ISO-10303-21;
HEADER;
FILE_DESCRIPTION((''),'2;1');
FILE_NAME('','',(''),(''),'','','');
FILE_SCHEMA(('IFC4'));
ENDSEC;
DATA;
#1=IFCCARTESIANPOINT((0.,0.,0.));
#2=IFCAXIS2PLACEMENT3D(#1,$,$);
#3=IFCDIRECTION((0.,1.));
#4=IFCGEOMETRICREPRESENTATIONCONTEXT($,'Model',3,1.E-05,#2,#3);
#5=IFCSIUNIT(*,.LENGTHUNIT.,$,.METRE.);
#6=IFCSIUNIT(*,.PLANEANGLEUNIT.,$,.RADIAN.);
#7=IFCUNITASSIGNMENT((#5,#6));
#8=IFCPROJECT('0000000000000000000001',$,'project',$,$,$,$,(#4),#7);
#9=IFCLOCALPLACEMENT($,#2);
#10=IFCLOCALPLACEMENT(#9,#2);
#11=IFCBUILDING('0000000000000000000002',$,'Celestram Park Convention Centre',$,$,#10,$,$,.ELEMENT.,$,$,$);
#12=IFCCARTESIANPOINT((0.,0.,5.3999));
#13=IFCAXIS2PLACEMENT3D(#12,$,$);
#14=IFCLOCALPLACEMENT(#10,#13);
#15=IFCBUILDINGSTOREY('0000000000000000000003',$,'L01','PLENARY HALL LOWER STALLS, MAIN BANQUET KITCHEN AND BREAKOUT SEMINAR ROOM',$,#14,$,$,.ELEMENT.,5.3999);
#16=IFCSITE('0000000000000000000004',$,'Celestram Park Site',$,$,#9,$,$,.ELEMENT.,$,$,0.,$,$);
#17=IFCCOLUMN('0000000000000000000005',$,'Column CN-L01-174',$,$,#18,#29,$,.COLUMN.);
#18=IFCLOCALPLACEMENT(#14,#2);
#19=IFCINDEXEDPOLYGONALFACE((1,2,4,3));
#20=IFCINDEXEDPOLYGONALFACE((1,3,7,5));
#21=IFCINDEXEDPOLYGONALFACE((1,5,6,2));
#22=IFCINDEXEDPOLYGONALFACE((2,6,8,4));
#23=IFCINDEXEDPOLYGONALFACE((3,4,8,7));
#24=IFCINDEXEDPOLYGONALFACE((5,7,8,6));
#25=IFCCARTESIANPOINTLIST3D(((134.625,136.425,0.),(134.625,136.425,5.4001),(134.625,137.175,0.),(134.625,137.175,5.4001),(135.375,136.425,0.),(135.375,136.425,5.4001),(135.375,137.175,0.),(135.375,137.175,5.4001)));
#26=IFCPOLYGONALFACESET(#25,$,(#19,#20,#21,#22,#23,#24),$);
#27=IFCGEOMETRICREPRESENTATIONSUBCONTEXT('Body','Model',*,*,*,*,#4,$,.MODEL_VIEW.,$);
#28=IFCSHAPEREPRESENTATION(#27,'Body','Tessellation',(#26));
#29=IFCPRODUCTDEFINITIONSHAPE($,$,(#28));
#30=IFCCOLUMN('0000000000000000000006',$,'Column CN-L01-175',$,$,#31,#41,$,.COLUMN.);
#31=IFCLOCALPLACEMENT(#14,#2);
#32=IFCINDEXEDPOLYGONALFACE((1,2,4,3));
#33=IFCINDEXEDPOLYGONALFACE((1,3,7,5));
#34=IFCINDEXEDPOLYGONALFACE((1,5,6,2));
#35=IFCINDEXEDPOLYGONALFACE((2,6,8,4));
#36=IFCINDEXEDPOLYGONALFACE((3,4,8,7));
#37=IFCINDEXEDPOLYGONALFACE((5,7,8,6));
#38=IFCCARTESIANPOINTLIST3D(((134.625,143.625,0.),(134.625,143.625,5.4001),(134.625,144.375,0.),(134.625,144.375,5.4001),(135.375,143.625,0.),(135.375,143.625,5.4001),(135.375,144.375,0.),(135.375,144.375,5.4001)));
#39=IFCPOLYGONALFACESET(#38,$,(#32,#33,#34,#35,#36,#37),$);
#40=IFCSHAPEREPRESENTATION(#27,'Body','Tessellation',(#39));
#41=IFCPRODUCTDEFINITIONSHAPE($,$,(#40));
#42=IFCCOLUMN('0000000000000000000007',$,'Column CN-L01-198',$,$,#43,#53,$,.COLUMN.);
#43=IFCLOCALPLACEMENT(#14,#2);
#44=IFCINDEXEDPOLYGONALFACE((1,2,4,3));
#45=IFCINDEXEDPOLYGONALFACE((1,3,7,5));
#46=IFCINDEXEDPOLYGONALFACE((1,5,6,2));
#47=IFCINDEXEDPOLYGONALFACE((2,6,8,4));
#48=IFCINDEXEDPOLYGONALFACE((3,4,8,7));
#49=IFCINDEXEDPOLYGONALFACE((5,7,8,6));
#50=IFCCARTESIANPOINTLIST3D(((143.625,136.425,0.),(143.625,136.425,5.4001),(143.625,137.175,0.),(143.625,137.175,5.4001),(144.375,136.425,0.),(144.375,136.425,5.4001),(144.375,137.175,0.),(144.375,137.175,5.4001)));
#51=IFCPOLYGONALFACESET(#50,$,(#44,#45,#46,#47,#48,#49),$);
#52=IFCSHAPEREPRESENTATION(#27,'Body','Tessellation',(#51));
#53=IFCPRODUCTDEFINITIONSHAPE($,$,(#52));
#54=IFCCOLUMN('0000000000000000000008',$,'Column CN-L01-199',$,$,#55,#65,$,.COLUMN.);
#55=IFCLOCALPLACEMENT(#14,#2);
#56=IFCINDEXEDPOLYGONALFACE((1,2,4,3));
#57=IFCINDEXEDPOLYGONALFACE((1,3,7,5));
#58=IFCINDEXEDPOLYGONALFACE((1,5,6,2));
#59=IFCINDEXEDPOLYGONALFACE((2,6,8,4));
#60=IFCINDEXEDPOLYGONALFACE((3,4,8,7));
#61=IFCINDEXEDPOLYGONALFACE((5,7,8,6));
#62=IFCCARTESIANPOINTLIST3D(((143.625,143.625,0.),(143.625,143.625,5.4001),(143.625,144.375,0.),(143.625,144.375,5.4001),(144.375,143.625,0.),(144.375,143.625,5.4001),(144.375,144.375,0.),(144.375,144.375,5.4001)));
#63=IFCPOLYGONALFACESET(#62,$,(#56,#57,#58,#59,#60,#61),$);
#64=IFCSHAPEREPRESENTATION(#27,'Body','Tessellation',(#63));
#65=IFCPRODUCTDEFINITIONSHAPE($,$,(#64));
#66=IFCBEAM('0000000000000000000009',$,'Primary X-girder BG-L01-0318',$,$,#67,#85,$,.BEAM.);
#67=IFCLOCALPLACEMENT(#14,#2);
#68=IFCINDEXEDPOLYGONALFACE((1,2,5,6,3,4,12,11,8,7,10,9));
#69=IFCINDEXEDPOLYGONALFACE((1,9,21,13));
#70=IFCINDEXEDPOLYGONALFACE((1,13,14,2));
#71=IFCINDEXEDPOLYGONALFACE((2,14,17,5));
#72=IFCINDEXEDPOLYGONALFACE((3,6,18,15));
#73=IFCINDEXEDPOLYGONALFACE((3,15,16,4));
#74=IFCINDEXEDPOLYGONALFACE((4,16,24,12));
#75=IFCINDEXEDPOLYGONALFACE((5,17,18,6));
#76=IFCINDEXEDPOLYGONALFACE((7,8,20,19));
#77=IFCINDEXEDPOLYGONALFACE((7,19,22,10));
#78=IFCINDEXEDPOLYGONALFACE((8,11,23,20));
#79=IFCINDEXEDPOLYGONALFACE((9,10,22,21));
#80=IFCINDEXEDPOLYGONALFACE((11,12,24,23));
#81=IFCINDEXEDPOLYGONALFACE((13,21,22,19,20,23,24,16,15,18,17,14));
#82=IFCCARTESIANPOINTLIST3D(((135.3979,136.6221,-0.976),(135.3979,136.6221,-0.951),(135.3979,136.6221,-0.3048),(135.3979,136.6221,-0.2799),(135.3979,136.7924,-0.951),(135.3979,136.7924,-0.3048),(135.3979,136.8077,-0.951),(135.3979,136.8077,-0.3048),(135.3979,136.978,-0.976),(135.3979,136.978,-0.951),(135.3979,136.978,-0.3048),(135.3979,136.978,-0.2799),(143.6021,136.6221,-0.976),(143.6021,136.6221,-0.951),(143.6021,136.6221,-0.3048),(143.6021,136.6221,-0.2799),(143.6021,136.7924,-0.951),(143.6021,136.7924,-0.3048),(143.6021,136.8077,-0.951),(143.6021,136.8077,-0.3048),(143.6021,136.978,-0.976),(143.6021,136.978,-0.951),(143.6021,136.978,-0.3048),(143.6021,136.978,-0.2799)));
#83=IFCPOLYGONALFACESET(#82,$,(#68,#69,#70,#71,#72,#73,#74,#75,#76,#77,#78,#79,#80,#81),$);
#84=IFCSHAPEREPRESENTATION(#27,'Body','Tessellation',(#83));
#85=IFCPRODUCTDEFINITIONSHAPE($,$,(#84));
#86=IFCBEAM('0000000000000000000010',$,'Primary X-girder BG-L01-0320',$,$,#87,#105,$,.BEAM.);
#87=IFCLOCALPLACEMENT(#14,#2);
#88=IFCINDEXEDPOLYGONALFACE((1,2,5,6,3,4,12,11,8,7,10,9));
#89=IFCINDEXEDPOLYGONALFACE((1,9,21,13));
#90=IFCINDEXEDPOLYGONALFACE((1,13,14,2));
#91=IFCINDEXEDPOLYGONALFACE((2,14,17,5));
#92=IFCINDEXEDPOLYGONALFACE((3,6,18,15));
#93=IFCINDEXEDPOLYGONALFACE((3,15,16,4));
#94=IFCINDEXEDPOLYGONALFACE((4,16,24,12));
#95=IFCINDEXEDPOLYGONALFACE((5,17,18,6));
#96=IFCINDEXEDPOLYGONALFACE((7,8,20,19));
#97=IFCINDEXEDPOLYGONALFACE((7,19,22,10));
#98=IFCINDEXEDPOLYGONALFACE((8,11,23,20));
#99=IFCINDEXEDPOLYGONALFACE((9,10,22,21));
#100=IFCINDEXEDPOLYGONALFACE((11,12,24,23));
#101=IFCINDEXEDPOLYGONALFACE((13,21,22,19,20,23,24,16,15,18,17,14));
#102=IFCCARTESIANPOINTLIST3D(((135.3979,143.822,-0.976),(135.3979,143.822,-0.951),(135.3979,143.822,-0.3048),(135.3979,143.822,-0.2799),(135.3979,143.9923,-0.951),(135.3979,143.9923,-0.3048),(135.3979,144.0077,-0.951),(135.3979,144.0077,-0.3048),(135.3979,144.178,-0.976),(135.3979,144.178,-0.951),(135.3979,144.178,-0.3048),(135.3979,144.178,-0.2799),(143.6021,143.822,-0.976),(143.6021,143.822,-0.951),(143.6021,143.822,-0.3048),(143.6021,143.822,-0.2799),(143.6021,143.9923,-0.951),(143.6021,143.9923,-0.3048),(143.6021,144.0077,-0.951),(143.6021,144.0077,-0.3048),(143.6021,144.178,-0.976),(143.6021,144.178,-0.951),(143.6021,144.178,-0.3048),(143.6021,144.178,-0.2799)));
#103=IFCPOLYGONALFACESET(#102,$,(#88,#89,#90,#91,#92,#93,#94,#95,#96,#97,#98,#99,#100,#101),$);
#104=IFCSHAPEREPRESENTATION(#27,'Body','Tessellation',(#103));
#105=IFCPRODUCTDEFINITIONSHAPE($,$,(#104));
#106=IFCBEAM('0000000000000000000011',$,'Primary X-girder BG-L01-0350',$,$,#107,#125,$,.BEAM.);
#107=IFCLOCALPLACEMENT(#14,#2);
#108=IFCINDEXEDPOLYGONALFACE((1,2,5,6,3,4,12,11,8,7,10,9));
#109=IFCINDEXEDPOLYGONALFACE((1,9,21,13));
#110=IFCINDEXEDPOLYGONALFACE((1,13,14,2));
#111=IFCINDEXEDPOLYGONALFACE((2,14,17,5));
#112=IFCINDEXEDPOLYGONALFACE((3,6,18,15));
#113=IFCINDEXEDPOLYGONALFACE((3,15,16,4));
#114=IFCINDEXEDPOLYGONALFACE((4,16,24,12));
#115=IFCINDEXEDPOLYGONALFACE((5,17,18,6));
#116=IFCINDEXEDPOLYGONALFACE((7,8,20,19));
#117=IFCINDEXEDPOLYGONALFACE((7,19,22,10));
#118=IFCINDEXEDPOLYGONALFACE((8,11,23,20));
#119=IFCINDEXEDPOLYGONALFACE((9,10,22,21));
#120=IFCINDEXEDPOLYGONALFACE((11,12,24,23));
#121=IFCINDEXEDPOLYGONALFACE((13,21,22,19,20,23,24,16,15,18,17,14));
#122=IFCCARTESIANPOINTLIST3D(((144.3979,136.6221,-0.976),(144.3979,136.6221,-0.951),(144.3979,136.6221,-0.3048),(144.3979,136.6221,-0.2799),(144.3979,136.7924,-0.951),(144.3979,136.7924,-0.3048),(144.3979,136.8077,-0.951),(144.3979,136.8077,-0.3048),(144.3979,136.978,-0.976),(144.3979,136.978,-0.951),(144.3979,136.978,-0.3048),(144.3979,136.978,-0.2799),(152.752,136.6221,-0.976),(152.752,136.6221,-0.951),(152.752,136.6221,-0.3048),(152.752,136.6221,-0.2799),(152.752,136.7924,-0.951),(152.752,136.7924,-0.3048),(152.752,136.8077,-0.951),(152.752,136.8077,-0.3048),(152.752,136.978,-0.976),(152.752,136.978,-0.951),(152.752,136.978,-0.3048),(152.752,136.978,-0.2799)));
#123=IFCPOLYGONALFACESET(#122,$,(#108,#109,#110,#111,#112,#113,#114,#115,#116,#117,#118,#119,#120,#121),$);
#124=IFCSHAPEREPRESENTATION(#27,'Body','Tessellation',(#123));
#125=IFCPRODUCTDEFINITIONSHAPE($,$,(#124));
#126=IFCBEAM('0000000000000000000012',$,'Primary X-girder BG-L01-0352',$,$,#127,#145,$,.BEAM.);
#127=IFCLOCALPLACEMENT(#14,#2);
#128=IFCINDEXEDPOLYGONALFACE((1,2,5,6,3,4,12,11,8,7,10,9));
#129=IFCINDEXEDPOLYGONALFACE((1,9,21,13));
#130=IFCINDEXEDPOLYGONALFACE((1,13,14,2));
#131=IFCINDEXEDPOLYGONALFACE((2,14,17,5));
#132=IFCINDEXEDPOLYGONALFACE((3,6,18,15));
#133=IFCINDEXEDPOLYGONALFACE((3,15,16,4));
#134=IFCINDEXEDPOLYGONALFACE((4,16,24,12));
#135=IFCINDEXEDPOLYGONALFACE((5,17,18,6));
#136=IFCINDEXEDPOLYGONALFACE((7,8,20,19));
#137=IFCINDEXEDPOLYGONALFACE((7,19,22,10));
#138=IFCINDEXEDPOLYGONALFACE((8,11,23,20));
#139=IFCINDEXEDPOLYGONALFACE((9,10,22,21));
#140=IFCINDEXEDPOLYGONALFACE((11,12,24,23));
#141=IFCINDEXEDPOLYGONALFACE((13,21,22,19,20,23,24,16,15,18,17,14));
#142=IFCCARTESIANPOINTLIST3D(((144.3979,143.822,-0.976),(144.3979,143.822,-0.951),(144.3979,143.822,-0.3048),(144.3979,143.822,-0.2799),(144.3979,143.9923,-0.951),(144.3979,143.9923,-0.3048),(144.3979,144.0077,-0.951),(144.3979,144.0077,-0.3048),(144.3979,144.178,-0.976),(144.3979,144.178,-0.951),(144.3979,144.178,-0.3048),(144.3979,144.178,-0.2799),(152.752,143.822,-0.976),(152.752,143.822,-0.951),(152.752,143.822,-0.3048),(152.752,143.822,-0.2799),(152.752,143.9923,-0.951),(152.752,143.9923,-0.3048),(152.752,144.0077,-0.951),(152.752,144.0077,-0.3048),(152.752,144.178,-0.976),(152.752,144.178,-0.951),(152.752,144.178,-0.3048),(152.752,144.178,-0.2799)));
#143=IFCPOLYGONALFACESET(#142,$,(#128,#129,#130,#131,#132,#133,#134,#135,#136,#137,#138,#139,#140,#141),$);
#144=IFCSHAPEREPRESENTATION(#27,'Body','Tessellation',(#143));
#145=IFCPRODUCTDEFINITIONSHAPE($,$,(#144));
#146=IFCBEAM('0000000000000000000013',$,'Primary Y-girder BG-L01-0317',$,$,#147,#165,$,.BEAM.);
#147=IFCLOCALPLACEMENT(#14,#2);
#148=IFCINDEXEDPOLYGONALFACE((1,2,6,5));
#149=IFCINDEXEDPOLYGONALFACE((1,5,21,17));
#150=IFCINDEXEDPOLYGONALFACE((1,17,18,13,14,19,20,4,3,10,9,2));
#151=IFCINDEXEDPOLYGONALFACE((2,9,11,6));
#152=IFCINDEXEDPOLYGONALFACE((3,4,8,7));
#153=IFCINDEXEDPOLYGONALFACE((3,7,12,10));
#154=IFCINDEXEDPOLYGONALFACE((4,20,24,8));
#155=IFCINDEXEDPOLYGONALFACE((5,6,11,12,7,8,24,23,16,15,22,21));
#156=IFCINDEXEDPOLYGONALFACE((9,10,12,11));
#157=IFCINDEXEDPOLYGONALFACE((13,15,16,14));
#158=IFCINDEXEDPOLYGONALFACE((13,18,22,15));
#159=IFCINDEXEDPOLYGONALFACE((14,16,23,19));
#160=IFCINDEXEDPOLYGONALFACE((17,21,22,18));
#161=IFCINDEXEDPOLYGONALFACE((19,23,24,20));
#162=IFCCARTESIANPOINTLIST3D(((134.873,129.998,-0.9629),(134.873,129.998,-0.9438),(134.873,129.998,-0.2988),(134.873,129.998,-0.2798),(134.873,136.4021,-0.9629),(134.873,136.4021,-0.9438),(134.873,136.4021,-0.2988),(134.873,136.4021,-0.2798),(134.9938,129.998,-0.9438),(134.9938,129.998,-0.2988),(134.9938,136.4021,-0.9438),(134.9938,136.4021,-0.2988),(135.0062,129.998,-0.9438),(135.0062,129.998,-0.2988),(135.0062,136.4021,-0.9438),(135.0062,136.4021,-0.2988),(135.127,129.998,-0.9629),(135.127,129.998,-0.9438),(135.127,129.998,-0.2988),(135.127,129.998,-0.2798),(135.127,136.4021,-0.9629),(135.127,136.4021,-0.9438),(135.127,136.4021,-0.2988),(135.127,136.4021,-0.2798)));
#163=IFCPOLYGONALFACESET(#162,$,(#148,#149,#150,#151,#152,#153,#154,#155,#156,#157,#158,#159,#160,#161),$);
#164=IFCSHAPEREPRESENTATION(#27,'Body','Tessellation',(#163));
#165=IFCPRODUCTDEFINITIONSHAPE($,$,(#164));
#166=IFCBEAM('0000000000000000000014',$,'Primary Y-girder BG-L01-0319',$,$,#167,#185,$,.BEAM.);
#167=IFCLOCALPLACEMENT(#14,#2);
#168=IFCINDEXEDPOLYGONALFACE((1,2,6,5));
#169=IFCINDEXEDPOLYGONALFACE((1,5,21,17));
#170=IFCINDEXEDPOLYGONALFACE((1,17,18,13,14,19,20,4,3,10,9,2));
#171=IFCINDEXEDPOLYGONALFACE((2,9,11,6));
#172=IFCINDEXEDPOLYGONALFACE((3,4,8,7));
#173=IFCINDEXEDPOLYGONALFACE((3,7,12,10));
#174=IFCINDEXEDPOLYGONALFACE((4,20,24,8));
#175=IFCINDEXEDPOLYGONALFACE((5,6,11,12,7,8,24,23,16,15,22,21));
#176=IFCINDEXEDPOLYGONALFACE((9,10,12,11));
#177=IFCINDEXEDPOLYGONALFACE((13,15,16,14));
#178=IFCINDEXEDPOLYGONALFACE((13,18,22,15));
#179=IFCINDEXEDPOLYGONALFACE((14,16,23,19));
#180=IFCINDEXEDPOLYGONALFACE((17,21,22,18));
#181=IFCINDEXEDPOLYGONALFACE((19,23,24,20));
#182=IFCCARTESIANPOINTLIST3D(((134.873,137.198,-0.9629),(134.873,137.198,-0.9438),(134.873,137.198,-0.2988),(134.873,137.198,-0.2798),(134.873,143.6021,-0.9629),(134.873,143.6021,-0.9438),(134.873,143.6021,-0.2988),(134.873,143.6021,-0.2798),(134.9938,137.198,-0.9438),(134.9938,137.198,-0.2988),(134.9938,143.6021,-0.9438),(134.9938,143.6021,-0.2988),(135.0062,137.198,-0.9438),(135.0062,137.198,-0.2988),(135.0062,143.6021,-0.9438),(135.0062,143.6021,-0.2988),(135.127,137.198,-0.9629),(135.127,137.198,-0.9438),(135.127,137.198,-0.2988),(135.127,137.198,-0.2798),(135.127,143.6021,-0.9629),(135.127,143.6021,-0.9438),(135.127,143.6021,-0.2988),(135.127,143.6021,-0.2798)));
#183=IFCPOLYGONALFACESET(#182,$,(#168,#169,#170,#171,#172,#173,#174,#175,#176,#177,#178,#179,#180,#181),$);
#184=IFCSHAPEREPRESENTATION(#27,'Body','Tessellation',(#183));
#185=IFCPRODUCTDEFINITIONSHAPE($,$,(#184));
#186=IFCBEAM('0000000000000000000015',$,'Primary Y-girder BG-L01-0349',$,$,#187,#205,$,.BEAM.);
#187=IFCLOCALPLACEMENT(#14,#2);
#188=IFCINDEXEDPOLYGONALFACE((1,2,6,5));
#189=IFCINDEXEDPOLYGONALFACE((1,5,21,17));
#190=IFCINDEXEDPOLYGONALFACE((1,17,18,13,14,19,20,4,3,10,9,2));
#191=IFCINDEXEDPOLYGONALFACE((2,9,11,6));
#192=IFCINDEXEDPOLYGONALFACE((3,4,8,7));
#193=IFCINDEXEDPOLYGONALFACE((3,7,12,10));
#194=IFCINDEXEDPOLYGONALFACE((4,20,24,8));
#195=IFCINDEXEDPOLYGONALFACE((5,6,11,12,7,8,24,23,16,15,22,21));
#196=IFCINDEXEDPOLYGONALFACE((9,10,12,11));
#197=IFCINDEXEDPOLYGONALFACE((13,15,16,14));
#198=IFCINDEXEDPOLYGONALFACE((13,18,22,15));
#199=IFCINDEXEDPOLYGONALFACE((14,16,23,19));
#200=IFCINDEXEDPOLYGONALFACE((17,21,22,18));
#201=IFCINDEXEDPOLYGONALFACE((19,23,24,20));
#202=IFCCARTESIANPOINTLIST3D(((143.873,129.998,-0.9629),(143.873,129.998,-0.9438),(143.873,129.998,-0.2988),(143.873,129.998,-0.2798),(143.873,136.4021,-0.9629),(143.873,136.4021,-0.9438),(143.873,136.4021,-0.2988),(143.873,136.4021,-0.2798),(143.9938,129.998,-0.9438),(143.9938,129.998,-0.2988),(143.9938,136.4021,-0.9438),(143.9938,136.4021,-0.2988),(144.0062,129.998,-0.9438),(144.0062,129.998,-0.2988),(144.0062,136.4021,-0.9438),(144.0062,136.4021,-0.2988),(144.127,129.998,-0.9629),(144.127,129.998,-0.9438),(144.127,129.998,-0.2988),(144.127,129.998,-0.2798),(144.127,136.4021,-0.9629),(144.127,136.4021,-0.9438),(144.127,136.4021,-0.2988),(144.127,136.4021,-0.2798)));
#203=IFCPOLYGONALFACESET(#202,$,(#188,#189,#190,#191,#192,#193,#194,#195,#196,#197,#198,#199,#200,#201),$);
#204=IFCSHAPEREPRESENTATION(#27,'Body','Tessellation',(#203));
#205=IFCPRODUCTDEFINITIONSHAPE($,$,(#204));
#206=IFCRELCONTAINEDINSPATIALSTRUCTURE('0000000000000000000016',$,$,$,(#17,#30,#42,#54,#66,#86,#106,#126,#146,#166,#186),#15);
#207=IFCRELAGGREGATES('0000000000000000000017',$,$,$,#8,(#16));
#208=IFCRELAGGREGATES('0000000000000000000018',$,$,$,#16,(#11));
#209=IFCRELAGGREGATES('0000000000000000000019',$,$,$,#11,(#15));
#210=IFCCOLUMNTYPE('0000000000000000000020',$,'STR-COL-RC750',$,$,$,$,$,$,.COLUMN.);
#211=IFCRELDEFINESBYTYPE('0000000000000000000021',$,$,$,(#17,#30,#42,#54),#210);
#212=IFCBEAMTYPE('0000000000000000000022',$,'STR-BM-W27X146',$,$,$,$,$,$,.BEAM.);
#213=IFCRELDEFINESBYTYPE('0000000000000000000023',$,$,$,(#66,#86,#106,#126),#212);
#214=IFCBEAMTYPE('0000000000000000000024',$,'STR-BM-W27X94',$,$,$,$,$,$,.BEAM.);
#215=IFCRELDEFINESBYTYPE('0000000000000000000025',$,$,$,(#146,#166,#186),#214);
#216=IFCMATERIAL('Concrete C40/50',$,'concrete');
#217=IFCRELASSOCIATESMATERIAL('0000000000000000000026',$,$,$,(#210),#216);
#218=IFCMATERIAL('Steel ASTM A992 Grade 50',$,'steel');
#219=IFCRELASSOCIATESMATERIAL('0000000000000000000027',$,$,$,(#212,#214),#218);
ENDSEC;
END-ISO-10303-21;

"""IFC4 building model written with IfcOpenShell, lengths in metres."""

from ifc_helpers import new_model, si_unit, direction, frame, origin, origin_2d, place, context, subcontext, project, spatial, rectangle, i_section, extrude, material, material_profile, profile_set, type_object, element, save


model = new_model("IFC4")

# Units and contexts
model_context = context("Model", 3, precision=1e-05, world=origin(), true_north=direction((0.0, 1.0)))
body_context = subcontext(model_context, "Body", "Model", "MODEL_VIEW")
ifc_project = project(units=[si_unit("LENGTHUNIT", "METRE"), si_unit("PLANEANGLEUNIT", "RADIAN")], contexts=[model_context])

# Site, building, storey
site_placement = place(None, origin())
site = spatial("IfcSite", under=ifc_project, at=site_placement, Name="Celestram Park Site", CompositionType="ELEMENT", RefElevation=0.0)
building_placement = place(site_placement, origin())
building = spatial("IfcBuilding", under=site, at=building_placement, Name="Celestram Park Convention Centre", CompositionType="ELEMENT")
storey_placement = place(building_placement, frame((0.0, 0.0, 5.3999)))
storey = spatial("IfcBuildingStorey", under=building, at=storey_placement, Name="L01", Description="PLENARY HALL LOWER STALLS, MAIN BANQUET KITCHEN AND BREAKOUT SEMINAR ROOM", CompositionType="ELEMENT", Elevation=5.3999)

# Columns
ifc_material_1 = material(Name="Concrete C40/50", Category="concrete")
ifc_material_profile_1 = material_profile(ifc_material_1, rectangle(XDim=0.75, YDim=0.75, at=origin_2d()), Name="RC750X750")
ifc_profile_set_1 = profile_set([ifc_material_profile_1], Name="Concrete C40/50")
column_type = type_object("IfcColumnType", Name="STR-COL-RC750", PredefinedType="COLUMN", material=ifc_profile_set_1)
for number, where, z_axis, x_axis, name in (
    (1, (135.0, 136.8, 0.0), (0.0, 0.0, 1.0), (1.0, 0.0, 0.0), "Column CN-L01-174"),
    (2, (135.0, 144.0, 0.0), (0.0, 0.0, 1.0), (1.0, 0.0, 0.0), "Column CN-L01-175"),
    (3, (144.0, 136.8, 0.0), (0.0, 0.0, 1.0), (1.0, 0.0, 0.0), "Column CN-L01-198"),
    (4, (144.0, 144.0, 0.0), (0.0, 0.0, 1.0), (1.0, 0.0, 0.0), "Column CN-L01-199"),
):
    element("IfcColumn", number, at=place(storey_placement, frame(where, z_axis=z_axis, x_axis=x_axis)), inside=storey, type_object=column_type, Name=name, PredefinedType="COLUMN", context=body_context, shape_type="SweptSolid", body=[
        extrude(rectangle(XDim=0.75, YDim=0.75, at=origin_2d()), origin(), (0.0, 0.0, 1.0), 5.4001),
    ])

# Beams
ifc_material_2 = material(Name="Steel ASTM A992 Grade 50", Category="steel")
ifc_material_profile_2 = material_profile(ifc_material_2, i_section(OverallWidth=0.356, OverallDepth=0.696, WebThickness=0.0154, FlangeThickness=0.0249, at=origin_2d()), Name="W27X146")
ifc_profile_set_2 = profile_set([ifc_material_profile_2], Name="Steel ASTM A992 Grade 50")
beam_type_1 = type_object("IfcBeamType", Name="STR-BM-W27X146", PredefinedType="BEAM", material=ifc_profile_set_2)
for number, where, z_axis, x_axis, name in (
    (5, (135.3979, 136.8, -0.6279), (1.0, 0.0, 0.0), (0.0, 1.0, 0.0), "Primary X-girder BG-L01-0318"),
    (6, (135.3979, 144.0, -0.6279), (1.0, 0.0, 0.0), (0.0, 1.0, 0.0), "Primary X-girder BG-L01-0320"),
):
    element("IfcBeam", number, at=place(storey_placement, frame(where, z_axis=z_axis, x_axis=x_axis)), inside=storey, type_object=beam_type_1, Name=name, PredefinedType="BEAM", context=body_context, shape_type="SweptSolid", body=[
        extrude(i_section(OverallWidth=0.356, OverallDepth=0.696, WebThickness=0.0154, FlangeThickness=0.0249, at=origin_2d()), origin(), (0.0, 0.0, 1.0), 8.2041),
    ])
for number, where, z_axis, x_axis, name in (
    (7, (144.3979, 136.8, -0.6279), (1.0, 0.0, 0.0), (0.0, 1.0, 0.0), "Primary X-girder BG-L01-0350"),
    (8, (144.3979, 144.0, -0.6279), (1.0, 0.0, 0.0), (0.0, 1.0, 0.0), "Primary X-girder BG-L01-0352"),
):
    element("IfcBeam", number, at=place(storey_placement, frame(where, z_axis=z_axis, x_axis=x_axis)), inside=storey, type_object=beam_type_1, Name=name, PredefinedType="BEAM", context=body_context, shape_type="SweptSolid", body=[
        extrude(i_section(OverallWidth=0.356, OverallDepth=0.696, WebThickness=0.0154, FlangeThickness=0.0249, at=origin_2d()), origin(), (0.0, 0.0, 1.0), 8.354),
    ])
ifc_material_profile_3 = material_profile(ifc_material_2, i_section(OverallWidth=0.2539, OverallDepth=0.6831, WebThickness=0.0125, FlangeThickness=0.019, at=origin_2d()), Name="W27X94")
ifc_profile_set_3 = profile_set([ifc_material_profile_3], Name="Steel ASTM A992 Grade 50")
beam_type_2 = type_object("IfcBeamType", Name="STR-BM-W27X94", PredefinedType="BEAM", material=ifc_profile_set_3)
for number, where, z_axis, x_axis, name in (
    (9, (135.0, 129.998, -0.6213), (0.0, 1.0, 0.0), (-1.0, 0.0, 0.0), "Primary Y-girder BG-L01-0317"),
    (10, (135.0, 137.198, -0.6213), (0.0, 1.0, 0.0), (-1.0, 0.0, 0.0), "Primary Y-girder BG-L01-0319"),
    (11, (144.0, 129.998, -0.6213), (0.0, 1.0, 0.0), (-1.0, 0.0, 0.0), "Primary Y-girder BG-L01-0349"),
):
    element("IfcBeam", number, at=place(storey_placement, frame(where, z_axis=z_axis, x_axis=x_axis)), inside=storey, type_object=beam_type_2, Name=name, PredefinedType="BEAM", context=body_context, shape_type="SweptSolid", body=[
        extrude(i_section(OverallWidth=0.2539, OverallDepth=0.6831, WebThickness=0.0125, FlangeThickness=0.019, at=origin_2d()), origin(), (0.0, 0.0, 1.0), 6.4041),
    ])

save(model, "model.ifc")
